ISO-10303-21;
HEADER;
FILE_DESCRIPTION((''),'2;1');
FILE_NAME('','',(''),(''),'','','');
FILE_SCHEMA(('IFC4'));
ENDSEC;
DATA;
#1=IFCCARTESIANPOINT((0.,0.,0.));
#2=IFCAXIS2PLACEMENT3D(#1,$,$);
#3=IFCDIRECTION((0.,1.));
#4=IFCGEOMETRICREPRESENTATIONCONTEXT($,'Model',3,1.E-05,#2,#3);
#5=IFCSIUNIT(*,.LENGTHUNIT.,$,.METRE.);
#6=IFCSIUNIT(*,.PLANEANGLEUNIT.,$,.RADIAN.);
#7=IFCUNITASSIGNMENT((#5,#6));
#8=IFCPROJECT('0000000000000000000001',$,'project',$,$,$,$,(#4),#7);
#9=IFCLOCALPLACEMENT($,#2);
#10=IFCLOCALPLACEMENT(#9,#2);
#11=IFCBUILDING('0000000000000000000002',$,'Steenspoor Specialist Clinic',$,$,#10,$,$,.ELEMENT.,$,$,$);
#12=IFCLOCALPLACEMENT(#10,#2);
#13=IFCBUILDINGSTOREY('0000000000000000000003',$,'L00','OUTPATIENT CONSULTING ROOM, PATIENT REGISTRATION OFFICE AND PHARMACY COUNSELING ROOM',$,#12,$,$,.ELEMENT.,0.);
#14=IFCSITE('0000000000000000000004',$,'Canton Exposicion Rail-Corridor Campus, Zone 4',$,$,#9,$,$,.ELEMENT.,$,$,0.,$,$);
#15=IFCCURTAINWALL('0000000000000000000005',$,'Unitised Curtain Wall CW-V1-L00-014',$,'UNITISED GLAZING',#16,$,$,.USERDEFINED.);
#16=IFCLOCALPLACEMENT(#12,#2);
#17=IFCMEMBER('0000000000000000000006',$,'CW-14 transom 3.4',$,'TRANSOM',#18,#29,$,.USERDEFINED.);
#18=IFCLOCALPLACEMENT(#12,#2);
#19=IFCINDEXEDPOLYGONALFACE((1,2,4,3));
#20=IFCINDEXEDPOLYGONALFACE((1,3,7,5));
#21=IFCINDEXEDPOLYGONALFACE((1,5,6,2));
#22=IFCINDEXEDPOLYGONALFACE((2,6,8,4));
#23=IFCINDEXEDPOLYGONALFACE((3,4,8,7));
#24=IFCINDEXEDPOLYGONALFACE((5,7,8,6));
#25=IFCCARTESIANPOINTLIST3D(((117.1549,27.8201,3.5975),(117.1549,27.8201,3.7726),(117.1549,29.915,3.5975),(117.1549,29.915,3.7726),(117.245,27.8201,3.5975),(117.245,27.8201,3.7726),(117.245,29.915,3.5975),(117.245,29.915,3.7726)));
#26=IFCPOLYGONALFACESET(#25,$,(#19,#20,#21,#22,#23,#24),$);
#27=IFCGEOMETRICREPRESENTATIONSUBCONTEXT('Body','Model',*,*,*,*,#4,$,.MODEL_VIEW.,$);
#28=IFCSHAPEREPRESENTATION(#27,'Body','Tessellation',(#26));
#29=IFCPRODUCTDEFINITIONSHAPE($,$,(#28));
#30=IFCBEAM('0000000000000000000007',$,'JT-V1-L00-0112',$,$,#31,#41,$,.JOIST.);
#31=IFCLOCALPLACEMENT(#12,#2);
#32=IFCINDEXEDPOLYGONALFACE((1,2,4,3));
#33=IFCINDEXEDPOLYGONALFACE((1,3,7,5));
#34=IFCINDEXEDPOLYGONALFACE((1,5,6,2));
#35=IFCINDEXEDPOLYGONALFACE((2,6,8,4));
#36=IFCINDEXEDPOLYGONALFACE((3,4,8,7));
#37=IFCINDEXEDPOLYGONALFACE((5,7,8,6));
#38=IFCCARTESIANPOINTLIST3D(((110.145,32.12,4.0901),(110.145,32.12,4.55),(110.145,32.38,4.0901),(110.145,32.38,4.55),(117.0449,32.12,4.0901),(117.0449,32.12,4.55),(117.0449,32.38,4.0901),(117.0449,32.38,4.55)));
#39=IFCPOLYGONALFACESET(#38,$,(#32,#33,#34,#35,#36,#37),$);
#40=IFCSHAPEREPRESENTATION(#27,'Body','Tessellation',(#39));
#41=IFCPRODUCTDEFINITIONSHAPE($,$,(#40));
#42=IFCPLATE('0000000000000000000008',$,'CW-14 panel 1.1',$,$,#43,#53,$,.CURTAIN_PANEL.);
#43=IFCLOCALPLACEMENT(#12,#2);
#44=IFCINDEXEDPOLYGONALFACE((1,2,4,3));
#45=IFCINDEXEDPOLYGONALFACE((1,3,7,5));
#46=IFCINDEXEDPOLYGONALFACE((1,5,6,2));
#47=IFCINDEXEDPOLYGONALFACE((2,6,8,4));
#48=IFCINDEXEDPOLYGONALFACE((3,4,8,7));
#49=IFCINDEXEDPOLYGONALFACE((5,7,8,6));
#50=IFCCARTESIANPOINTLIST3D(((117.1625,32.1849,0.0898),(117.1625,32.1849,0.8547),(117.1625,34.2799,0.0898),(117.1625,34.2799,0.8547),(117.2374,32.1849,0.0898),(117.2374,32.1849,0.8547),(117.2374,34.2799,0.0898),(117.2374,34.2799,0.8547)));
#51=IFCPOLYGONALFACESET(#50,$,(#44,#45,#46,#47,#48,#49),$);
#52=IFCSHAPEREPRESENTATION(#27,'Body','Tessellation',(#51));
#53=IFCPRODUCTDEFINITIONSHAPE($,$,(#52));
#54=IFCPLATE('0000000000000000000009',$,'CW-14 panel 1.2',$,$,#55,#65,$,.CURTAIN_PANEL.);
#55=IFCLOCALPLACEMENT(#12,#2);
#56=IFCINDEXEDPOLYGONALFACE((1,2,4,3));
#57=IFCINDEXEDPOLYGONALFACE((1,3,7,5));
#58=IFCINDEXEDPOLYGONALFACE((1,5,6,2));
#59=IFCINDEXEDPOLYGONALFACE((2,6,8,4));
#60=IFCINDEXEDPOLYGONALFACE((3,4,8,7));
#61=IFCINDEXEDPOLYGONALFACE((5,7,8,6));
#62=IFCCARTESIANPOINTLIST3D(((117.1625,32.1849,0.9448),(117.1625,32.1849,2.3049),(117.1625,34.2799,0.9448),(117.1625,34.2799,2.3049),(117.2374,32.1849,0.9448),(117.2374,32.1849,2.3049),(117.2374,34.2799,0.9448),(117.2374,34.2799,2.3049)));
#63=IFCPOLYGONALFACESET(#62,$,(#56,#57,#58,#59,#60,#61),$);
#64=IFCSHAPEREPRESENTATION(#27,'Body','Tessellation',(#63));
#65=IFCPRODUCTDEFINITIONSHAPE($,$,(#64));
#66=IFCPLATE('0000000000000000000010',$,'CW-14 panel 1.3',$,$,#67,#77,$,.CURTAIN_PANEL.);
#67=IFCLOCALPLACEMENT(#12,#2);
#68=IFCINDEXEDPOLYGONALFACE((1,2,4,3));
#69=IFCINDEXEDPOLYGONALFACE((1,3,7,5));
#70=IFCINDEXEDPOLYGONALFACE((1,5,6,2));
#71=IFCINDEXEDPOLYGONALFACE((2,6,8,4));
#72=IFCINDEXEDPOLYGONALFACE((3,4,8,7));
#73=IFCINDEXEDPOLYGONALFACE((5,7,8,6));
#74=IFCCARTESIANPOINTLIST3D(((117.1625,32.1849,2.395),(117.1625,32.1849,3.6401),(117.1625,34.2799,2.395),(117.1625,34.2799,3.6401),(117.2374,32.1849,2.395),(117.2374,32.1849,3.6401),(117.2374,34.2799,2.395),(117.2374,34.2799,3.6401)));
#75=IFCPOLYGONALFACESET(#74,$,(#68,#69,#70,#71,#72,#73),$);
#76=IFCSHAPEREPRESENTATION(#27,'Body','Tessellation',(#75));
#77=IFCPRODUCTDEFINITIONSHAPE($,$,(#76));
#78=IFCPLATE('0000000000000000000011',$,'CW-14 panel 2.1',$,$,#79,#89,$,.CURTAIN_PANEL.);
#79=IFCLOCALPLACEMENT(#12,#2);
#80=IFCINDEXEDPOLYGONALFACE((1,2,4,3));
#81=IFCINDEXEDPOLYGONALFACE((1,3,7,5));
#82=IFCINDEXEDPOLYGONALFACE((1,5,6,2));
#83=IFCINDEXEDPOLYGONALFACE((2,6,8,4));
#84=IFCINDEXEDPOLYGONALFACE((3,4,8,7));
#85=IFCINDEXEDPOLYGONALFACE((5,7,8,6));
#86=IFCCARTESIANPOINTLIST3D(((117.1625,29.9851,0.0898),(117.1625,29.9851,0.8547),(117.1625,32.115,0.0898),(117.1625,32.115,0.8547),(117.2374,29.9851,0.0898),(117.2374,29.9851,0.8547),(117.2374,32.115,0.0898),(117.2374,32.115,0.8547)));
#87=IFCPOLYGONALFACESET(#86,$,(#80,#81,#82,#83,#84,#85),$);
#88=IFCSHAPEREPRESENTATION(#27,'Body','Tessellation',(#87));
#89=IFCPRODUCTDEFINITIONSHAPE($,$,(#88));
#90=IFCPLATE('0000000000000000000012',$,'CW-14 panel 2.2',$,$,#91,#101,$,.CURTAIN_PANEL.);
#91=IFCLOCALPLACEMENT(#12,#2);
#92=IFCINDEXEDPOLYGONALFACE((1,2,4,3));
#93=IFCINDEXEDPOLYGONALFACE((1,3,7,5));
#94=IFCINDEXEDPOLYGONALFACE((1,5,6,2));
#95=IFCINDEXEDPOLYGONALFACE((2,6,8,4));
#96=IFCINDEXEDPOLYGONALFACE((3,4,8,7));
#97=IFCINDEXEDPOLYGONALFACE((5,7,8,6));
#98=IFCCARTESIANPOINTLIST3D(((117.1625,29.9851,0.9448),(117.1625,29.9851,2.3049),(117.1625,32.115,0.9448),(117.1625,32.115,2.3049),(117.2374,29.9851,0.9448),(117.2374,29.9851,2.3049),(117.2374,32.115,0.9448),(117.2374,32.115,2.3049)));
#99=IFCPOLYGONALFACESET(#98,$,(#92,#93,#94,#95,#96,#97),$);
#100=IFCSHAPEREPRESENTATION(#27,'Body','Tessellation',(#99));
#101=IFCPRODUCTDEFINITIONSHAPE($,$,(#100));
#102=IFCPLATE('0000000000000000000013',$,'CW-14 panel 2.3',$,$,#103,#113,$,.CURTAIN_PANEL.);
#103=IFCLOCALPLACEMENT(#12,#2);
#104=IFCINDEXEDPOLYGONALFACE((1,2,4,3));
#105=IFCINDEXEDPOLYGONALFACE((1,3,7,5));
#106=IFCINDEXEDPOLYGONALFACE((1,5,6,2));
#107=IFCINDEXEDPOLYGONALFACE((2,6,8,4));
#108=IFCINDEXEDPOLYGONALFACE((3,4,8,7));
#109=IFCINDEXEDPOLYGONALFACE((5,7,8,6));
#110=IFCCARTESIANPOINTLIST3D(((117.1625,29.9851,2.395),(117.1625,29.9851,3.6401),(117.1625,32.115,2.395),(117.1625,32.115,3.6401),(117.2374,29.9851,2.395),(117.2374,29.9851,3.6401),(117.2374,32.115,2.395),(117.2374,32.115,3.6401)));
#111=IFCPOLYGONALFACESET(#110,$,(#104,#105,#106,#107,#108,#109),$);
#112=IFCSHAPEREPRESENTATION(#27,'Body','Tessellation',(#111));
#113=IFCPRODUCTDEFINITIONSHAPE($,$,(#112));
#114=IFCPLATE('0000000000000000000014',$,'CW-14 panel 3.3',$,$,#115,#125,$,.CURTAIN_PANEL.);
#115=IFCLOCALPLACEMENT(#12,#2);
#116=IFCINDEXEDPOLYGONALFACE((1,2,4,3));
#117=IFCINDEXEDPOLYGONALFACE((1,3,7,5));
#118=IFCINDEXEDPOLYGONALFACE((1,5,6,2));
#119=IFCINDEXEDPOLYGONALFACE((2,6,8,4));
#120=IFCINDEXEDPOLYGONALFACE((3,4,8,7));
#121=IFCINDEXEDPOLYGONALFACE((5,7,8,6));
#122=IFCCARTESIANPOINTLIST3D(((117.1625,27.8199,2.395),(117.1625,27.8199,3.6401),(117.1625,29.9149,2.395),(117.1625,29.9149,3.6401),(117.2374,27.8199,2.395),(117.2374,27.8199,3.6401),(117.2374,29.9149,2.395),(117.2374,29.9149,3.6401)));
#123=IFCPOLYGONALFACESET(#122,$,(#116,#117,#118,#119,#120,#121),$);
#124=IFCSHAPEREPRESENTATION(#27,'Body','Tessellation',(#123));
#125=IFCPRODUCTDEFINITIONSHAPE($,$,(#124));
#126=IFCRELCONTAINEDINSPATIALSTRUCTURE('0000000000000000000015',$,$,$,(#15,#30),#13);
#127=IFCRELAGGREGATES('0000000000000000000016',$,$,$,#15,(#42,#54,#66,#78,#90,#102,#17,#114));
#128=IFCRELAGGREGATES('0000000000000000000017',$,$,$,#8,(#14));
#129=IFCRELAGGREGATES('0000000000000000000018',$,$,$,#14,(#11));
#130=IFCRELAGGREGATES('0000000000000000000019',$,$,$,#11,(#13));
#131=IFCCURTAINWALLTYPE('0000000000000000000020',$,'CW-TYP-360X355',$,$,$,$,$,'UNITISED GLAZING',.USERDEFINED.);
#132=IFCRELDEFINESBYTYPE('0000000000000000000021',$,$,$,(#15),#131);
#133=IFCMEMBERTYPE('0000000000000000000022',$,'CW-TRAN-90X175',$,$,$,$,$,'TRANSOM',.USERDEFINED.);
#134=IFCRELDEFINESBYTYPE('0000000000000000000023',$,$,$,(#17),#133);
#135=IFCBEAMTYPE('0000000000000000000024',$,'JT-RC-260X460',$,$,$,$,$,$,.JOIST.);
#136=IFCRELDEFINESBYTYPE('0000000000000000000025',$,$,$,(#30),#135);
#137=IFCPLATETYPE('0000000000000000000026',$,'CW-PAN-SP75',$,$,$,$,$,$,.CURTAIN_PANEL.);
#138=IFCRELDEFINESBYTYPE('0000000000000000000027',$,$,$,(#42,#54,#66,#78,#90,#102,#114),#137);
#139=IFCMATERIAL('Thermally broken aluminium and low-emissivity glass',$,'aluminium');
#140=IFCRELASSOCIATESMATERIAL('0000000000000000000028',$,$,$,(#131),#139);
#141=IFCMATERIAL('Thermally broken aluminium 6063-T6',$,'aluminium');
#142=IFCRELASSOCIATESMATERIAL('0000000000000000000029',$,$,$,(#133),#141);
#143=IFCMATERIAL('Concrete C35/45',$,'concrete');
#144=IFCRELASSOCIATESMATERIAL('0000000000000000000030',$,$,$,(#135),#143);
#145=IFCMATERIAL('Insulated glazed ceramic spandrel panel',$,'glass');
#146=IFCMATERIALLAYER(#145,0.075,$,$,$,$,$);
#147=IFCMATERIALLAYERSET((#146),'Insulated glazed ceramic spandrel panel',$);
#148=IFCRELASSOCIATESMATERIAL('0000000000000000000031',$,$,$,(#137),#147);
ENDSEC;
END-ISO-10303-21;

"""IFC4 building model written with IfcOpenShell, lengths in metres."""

from ifc_helpers import new_model, si_unit, direction, frame, origin, origin_2d, place, context, subcontext, project, spatial, rectangle, extrude, material, layer, layer_set, material_profile, profile_set, type_object, element, aggregate, save


model = new_model("IFC4")

# Units and contexts
model_context = context("Model", 3, precision=1e-05, world=origin(), true_north=direction((0.0, 1.0)))
body_context = subcontext(model_context, "Body", "Model", "MODEL_VIEW")
ifc_project = project(units=[si_unit("LENGTHUNIT", "METRE"), si_unit("PLANEANGLEUNIT", "RADIAN")], contexts=[model_context])

# Site, building, storey
site_placement = place(None, origin())
site = spatial("IfcSite", under=ifc_project, at=site_placement, Name="Canton Exposicion Rail-Corridor Campus, Zone 4", CompositionType="ELEMENT", RefElevation=0.0)
building_placement = place(site_placement, origin())
building = spatial("IfcBuilding", under=site, at=building_placement, Name="Steenspoor Specialist Clinic", CompositionType="ELEMENT")
storey_placement = place(building_placement, origin())
storey = spatial("IfcBuildingStorey", under=building, at=storey_placement, Name="L00", Description="OUTPATIENT CONSULTING ROOM, PATIENT REGISTRATION OFFICE AND PHARMACY COUNSELING ROOM", CompositionType="ELEMENT", Elevation=0.0)

# Shared definitions
ifc_material_1 = material(Name="Concrete C35/45", Category="concrete")

# Curtain wall, member
ifc_material_2 = material(Name="Thermally broken aluminium and low-emissivity glass", Category="aluminium")
curtain_wall_type = type_object("IfcCurtainWallType", Name="CW-TYP-360X355", ElementType="UNITISED GLAZING", PredefinedType="USERDEFINED", material=ifc_material_2)
curtain_wall_placement = place(storey_placement, origin())
curtain_wall = element("IfcCurtainWall", 1, at=curtain_wall_placement, inside=storey, type_object=curtain_wall_type, Name="Unitised Curtain Wall CW-V1-L00-014", ObjectType="UNITISED GLAZING", PredefinedType="USERDEFINED")
ifc_material_3 = material(Name="Thermally broken aluminium 6063-T6", Category="aluminium")
ifc_material_profile_1 = material_profile(ifc_material_3, rectangle(XDim=0.0901, YDim=0.175, at=origin_2d()), Name="CWT-90X175")
ifc_profile_set_1 = profile_set([ifc_material_profile_1], Name="Thermally broken aluminium 6063-T6")
member_type_1 = type_object("IfcMemberType", Name="CW-TRAN-90X175", ElementType="TRANSOM", PredefinedType="USERDEFINED", material=ifc_profile_set_1)
member_1_placement = place(storey_placement, frame((117.2, 29.915, 3.6851), z_axis=(0.0, -1.0, 0.0), x_axis=(1.0, 0.0, 0.0)))
member_1 = element("IfcMember", 2, at=member_1_placement, type_object=member_type_1, Name="CW-14 transom 3.4", ObjectType="TRANSOM", PredefinedType="USERDEFINED", context=body_context, shape_type="SweptSolid", body=[
    extrude(rectangle(XDim=0.0901, YDim=0.175, at=origin_2d()), origin(), (0.0, 0.0, 1.0), 2.095),
])

# Beam
ifc_material_profile_2 = material_profile(ifc_material_1, rectangle(XDim=0.26, YDim=0.46, at=origin_2d()), Name="RC-JT-260X460")
ifc_profile_set_2 = profile_set([ifc_material_profile_2], Name="Concrete C35/45")
beam_type_1 = type_object("IfcBeamType", Name="JT-RC-260X460", PredefinedType="JOIST", material=ifc_profile_set_2)
beam_1_placement = place(storey_placement, frame((110.145, 32.25, 4.3201), z_axis=(1.0, 0.0, 0.0), x_axis=(0.0, 1.0, 0.0)))
element("IfcBeam", 3, at=beam_1_placement, inside=storey, type_object=beam_type_1, Name="JT-V1-L00-0112", PredefinedType="JOIST", context=body_context, shape_type="SweptSolid", body=[
    extrude(rectangle(XDim=0.26, YDim=0.46, at=origin_2d()), origin(), (0.0, 0.0, 1.0), 6.8999),
])

# Plates
ifc_material_4 = material(Name="Insulated glazed ceramic spandrel panel", Category="glass")
ifc_layer = layer(ifc_material_4, 0.075)
ifc_layer_set = layer_set([ifc_layer], Name="Insulated glazed ceramic spandrel panel")
plate_type = type_object("IfcPlateType", Name="CW-PAN-SP75", PredefinedType="CURTAIN_PANEL", material=ifc_layer_set)
plate_1_placement = place(storey_placement, frame((117.2, 33.2324, 0.0898), z_axis=(0.0, 0.0, 1.0), x_axis=(0.0, -1.0, 0.0)))
plate_1 = element("IfcPlate", 4, at=plate_1_placement, type_object=plate_type, Name="CW-14 panel 1.1", PredefinedType="CURTAIN_PANEL", context=body_context, shape_type="SweptSolid", body=[
    extrude(rectangle(XDim=2.095, YDim=0.075, at=origin_2d()), origin(), (0.0, 0.0, 1.0), 0.7649),
])
plate_2_placement = place(storey_placement, frame((117.2, 33.2324, 0.9448), z_axis=(0.0, 0.0, 1.0), x_axis=(0.0, -1.0, 0.0)))
plate_2 = element("IfcPlate", 5, at=plate_2_placement, type_object=plate_type, Name="CW-14 panel 1.2", PredefinedType="CURTAIN_PANEL", context=body_context, shape_type="SweptSolid", body=[
    extrude(rectangle(XDim=2.095, YDim=0.075, at=origin_2d()), origin(), (0.0, 0.0, 1.0), 1.3601),
])
plate_3_placement = place(storey_placement, frame((117.2, 33.2324, 2.395), z_axis=(0.0, 0.0, 1.0), x_axis=(0.0, -1.0, 0.0)))
plate_3 = element("IfcPlate", 6, at=plate_3_placement, type_object=plate_type, Name="CW-14 panel 1.3", PredefinedType="CURTAIN_PANEL", context=body_context, shape_type="SweptSolid", body=[
    extrude(rectangle(XDim=2.095, YDim=0.075, at=origin_2d()), origin(), (0.0, 0.0, 1.0), 1.2451),
])
plate_4_placement = place(storey_placement, frame((117.2, 31.05, 0.0898), z_axis=(0.0, 0.0, 1.0), x_axis=(0.0, -1.0, 0.0)))
plate_4 = element("IfcPlate", 7, at=plate_4_placement, type_object=plate_type, Name="CW-14 panel 2.1", PredefinedType="CURTAIN_PANEL", context=body_context, shape_type="SweptSolid", body=[
    extrude(rectangle(XDim=2.1299, YDim=0.075, at=origin_2d()), origin(), (0.0, 0.0, 1.0), 0.7649),
])
plate_5_placement = place(storey_placement, frame((117.2, 31.05, 0.9448), z_axis=(0.0, 0.0, 1.0), x_axis=(0.0, -1.0, 0.0)))
plate_5 = element("IfcPlate", 8, at=plate_5_placement, type_object=plate_type, Name="CW-14 panel 2.2", PredefinedType="CURTAIN_PANEL", context=body_context, shape_type="SweptSolid", body=[
    extrude(rectangle(XDim=2.1299, YDim=0.075, at=origin_2d()), origin(), (0.0, 0.0, 1.0), 1.3601),
])
plate_6_placement = place(storey_placement, frame((117.2, 31.05, 2.395), z_axis=(0.0, 0.0, 1.0), x_axis=(0.0, -1.0, 0.0)))
plate_6 = element("IfcPlate", 9, at=plate_6_placement, type_object=plate_type, Name="CW-14 panel 2.3", PredefinedType="CURTAIN_PANEL", context=body_context, shape_type="SweptSolid", body=[
    extrude(rectangle(XDim=2.1299, YDim=0.075, at=origin_2d()), origin(), (0.0, 0.0, 1.0), 1.2451),
])
plate_7_placement = place(storey_placement, frame((117.2, 28.8674, 2.395), z_axis=(0.0, 0.0, 1.0), x_axis=(0.0, -1.0, 0.0)))
plate_7 = element("IfcPlate", 10, at=plate_7_placement, type_object=plate_type, Name="CW-14 panel 3.3", PredefinedType="CURTAIN_PANEL", context=body_context, shape_type="SweptSolid", body=[
    extrude(rectangle(XDim=2.095, YDim=0.075, at=origin_2d()), origin(), (0.0, 0.0, 1.0), 1.2451),
])
aggregate(curtain_wall, [plate_1, plate_2, plate_3, plate_4, plate_5, plate_6, member_1, plate_7])

save(model, "model.ifc")
